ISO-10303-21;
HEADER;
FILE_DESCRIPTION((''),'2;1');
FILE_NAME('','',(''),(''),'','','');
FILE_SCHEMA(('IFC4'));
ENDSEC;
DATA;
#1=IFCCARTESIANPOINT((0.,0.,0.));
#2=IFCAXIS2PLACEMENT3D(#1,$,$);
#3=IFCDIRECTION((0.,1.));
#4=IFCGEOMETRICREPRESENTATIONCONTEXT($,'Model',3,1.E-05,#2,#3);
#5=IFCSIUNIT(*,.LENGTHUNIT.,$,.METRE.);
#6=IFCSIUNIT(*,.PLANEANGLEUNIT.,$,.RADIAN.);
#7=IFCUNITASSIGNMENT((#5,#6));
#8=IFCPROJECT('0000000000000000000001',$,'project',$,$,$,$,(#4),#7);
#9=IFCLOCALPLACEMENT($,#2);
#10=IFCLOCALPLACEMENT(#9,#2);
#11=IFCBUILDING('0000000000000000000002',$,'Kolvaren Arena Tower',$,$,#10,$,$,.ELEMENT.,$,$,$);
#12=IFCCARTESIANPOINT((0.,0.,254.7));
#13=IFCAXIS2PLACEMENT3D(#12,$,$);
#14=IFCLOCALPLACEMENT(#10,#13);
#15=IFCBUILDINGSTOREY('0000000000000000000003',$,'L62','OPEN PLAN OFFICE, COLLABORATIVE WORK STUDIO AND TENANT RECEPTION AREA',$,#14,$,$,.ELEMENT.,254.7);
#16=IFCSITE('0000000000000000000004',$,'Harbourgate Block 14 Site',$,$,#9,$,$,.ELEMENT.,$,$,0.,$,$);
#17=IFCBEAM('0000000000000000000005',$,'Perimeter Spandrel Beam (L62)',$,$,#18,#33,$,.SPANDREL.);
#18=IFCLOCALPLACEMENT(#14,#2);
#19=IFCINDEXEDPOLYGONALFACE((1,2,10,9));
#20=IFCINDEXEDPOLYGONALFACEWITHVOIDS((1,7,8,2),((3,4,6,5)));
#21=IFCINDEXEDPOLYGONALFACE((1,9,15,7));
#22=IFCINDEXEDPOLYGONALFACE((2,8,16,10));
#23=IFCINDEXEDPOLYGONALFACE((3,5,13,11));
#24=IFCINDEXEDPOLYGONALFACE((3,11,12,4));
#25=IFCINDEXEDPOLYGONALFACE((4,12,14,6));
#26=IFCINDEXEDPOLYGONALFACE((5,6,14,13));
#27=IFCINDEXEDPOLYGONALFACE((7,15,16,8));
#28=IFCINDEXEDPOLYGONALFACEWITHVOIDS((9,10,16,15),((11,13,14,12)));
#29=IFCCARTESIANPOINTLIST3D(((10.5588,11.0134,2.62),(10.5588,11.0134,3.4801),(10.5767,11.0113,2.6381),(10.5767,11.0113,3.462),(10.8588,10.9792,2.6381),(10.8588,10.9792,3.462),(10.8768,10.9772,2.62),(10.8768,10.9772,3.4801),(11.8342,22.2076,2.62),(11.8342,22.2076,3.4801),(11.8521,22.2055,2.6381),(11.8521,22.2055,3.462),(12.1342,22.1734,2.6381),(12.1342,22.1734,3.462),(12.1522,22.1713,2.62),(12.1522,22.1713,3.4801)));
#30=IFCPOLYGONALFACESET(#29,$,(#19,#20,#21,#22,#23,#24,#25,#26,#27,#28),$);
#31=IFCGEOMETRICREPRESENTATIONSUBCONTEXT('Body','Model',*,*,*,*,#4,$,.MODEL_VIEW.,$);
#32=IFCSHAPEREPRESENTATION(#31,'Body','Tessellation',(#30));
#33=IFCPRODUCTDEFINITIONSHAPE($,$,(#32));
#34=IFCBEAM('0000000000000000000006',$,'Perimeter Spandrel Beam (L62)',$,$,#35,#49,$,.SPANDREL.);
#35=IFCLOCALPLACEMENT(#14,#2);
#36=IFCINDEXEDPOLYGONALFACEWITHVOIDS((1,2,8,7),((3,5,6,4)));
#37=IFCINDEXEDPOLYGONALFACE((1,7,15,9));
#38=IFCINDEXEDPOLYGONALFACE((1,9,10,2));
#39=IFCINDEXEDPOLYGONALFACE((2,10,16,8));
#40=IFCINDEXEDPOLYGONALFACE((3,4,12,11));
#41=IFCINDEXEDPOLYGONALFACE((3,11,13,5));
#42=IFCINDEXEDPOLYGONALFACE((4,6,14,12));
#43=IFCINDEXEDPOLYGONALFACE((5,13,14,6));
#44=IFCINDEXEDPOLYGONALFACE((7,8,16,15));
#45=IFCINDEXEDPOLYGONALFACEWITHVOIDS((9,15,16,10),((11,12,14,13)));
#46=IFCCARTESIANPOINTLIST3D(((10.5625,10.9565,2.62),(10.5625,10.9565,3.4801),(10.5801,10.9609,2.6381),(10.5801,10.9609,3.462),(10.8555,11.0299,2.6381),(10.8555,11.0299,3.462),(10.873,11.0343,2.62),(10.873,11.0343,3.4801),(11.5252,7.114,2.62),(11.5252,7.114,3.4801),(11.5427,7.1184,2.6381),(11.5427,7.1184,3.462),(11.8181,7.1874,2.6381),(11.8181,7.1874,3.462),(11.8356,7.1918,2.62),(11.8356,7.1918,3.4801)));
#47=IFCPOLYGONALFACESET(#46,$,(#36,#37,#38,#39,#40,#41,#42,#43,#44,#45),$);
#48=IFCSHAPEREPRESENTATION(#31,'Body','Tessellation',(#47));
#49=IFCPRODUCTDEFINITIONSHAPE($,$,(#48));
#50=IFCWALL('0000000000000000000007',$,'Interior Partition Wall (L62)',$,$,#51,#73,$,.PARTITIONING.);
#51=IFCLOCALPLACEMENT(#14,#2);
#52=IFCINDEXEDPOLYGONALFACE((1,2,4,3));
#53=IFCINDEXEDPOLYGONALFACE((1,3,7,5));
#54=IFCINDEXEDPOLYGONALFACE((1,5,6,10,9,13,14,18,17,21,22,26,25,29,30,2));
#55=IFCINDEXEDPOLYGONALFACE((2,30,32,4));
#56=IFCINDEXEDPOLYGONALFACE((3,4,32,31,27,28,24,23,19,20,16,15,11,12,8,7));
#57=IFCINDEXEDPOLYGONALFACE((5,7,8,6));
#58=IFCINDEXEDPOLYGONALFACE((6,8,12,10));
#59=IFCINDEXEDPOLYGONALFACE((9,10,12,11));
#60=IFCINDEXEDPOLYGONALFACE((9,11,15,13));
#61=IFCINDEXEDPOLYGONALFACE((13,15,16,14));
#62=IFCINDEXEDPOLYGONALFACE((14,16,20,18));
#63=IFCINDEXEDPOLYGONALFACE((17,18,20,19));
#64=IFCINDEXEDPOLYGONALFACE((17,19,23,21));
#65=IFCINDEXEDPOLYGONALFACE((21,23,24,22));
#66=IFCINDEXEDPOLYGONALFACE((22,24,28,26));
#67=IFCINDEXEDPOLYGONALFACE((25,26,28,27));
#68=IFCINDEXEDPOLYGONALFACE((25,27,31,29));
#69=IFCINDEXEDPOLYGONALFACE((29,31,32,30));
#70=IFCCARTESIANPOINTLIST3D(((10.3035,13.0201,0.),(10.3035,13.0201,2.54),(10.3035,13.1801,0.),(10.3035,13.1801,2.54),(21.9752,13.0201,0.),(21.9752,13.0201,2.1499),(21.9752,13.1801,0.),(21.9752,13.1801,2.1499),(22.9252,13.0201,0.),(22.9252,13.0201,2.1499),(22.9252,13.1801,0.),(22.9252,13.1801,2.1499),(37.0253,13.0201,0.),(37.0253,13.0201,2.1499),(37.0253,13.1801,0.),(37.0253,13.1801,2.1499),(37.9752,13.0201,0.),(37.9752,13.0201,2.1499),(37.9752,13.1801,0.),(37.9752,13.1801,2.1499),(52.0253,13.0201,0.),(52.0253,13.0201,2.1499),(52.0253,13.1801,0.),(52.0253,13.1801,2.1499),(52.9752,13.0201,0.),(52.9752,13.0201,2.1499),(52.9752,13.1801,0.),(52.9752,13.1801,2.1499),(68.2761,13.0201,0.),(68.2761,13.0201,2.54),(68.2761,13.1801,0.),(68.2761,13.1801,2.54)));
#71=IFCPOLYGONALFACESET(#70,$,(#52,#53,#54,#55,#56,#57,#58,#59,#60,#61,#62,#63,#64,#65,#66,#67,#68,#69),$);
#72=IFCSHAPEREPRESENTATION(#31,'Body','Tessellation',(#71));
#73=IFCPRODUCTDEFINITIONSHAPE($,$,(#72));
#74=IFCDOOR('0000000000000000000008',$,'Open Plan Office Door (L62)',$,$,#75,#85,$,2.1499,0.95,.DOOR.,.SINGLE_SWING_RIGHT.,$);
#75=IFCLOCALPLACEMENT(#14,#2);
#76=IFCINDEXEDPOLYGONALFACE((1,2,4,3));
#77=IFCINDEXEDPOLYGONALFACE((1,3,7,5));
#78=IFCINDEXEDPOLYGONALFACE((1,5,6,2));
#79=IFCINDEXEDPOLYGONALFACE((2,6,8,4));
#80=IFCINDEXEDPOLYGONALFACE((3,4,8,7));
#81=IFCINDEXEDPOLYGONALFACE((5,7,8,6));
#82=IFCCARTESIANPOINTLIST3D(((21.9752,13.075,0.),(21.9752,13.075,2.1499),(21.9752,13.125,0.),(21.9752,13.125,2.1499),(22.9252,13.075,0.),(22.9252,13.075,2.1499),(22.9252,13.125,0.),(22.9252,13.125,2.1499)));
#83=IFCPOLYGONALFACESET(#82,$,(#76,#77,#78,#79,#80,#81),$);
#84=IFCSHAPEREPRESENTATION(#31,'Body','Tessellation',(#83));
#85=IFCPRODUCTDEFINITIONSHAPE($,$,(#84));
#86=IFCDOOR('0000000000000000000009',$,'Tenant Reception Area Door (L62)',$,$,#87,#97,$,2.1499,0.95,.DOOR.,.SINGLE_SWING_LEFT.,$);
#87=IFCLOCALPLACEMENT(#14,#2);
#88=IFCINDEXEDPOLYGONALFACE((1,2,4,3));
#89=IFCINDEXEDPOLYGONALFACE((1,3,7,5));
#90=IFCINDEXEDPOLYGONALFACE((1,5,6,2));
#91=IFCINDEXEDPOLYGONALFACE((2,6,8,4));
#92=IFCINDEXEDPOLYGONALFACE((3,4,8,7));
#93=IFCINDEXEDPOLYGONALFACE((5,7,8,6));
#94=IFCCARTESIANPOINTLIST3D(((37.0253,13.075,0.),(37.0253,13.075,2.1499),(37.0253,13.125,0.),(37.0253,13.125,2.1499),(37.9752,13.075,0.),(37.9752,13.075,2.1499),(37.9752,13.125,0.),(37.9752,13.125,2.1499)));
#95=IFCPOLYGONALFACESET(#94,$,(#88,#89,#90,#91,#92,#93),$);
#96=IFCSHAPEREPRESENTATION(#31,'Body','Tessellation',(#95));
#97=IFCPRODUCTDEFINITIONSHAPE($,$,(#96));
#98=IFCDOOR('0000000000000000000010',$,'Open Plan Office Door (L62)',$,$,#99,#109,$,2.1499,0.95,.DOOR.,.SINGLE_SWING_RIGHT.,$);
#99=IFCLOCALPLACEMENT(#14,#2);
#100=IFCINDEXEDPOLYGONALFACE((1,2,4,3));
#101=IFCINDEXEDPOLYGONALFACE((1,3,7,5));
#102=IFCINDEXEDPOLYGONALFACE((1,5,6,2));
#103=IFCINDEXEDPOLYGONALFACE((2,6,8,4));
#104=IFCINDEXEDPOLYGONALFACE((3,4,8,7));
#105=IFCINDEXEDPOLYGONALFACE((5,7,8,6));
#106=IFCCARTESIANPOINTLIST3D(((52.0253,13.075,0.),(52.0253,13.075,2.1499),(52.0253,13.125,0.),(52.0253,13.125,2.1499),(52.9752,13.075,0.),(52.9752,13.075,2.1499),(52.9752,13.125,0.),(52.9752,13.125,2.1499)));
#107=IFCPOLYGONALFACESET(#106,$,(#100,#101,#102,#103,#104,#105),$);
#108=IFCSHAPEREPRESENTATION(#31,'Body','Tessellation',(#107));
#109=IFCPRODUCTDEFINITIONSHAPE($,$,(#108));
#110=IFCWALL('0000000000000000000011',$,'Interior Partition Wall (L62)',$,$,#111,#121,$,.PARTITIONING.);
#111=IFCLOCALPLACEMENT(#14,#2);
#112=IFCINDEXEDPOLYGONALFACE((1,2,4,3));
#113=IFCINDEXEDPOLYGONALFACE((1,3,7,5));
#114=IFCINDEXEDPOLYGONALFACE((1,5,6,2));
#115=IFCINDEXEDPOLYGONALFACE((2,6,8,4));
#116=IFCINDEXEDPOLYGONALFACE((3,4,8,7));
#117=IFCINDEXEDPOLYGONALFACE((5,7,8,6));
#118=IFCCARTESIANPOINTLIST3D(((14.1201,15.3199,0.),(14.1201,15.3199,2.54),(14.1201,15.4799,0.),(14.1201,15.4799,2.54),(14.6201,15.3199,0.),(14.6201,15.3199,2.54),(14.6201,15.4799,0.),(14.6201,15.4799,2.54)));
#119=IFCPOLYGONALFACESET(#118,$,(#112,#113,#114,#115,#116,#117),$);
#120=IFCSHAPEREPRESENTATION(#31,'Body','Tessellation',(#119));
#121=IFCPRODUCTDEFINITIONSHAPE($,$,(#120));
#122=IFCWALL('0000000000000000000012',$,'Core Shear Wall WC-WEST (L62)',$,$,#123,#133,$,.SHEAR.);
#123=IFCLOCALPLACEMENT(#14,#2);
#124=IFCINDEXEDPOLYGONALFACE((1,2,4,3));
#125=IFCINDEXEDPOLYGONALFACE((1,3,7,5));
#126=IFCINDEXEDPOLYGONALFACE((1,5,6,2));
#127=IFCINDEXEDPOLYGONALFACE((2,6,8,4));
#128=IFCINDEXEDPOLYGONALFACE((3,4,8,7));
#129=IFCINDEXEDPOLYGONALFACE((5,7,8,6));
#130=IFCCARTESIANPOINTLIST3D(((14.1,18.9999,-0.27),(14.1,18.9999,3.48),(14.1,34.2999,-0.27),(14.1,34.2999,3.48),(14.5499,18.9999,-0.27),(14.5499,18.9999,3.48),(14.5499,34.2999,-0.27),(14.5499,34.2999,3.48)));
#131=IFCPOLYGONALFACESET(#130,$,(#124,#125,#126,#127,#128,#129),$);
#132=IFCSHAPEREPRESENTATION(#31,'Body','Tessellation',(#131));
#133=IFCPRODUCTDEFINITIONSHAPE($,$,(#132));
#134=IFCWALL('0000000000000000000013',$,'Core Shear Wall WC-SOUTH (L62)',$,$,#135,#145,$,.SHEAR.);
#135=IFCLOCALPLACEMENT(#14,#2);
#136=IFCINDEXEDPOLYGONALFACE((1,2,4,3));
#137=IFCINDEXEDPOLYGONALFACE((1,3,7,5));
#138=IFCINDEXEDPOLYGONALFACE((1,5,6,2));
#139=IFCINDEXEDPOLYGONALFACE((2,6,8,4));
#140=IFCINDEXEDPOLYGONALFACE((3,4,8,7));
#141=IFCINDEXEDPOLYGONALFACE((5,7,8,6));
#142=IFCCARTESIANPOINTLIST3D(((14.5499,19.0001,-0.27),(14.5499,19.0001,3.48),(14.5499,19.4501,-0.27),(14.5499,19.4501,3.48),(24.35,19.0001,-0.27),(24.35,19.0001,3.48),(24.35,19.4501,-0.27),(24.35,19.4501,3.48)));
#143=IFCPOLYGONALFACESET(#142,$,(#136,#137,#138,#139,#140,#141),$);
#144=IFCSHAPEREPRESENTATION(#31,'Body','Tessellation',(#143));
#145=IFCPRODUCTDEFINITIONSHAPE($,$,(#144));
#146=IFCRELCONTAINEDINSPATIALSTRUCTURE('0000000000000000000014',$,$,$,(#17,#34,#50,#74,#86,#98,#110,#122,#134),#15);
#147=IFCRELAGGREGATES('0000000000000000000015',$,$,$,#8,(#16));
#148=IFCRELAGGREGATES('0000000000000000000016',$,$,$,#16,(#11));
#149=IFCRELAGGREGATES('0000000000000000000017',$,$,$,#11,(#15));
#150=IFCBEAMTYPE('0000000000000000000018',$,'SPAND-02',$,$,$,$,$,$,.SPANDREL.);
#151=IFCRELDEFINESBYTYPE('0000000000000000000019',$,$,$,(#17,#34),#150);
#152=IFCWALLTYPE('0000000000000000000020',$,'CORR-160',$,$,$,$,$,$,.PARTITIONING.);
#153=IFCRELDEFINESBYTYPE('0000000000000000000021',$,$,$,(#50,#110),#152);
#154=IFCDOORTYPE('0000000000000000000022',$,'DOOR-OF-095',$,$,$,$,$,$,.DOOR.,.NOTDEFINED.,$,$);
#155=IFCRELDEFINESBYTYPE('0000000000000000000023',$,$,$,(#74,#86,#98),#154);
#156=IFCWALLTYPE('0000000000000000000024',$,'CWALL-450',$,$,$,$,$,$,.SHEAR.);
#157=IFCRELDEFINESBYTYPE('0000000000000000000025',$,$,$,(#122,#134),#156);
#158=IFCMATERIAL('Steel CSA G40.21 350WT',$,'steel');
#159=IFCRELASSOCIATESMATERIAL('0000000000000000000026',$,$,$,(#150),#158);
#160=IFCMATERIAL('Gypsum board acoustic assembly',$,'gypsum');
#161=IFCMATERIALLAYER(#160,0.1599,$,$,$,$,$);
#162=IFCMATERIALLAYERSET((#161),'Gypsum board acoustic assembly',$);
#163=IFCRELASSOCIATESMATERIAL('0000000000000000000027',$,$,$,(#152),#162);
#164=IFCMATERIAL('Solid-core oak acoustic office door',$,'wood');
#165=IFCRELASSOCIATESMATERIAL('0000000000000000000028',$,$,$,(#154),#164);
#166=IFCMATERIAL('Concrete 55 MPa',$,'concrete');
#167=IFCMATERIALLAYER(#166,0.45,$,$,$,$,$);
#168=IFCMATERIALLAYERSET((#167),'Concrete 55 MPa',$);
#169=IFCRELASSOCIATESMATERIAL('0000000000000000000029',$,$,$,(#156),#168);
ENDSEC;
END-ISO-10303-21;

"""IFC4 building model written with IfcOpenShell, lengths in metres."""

from ifc_helpers import new_model, si_unit, direction, frame, frame_2d, origin, origin_2d, place, context, subcontext, project, spatial, rectangle, hollow_rectangle, extrude, material, layer, layer_set, material_profile, profile_set, type_object, element, fill, save


model = new_model("IFC4")

# Units and contexts
model_context = context("Model", 3, precision=1e-05, world=origin(), true_north=direction((0.0, 1.0)))
body_context = subcontext(model_context, "Body", "Model", "MODEL_VIEW")
ifc_project = project(units=[si_unit("LENGTHUNIT", "METRE"), si_unit("PLANEANGLEUNIT", "RADIAN")], contexts=[model_context])

# Site, building, storey
site_placement = place(None, origin())
site = spatial("IfcSite", under=ifc_project, at=site_placement, Name="Harbourgate Block 14 Site", CompositionType="ELEMENT", RefElevation=0.0)
building_placement = place(site_placement, origin())
building = spatial("IfcBuilding", under=site, at=building_placement, Name="Kolvaren Arena Tower", CompositionType="ELEMENT")
storey_placement = place(building_placement, frame((0.0, 0.0, 254.7)))
storey = spatial("IfcBuildingStorey", under=building, at=storey_placement, Name="L62", Description="OPEN PLAN OFFICE, COLLABORATIVE WORK STUDIO AND TENANT RECEPTION AREA", CompositionType="ELEMENT", Elevation=254.7)

# Beams
ifc_material_1 = material(Name="Steel CSA G40.21 350WT", Category="steel")
ifc_material_profile_1 = material_profile(ifc_material_1, hollow_rectangle(XDim=0.3201, YDim=0.8601, WallThickness=0.0181, at=origin_2d()), Name="HSS 860x320x18")
ifc_profile_set_1 = profile_set([ifc_material_profile_1], Name="Steel CSA G40.21 350WT")
beam_type_1 = type_object("IfcBeamType", Name="SPAND-02", PredefinedType="SPANDREL", material=ifc_profile_set_1)
beam_1_placement = place(storey_placement, frame((11.9932, 22.1895, 3.05), z_axis=(-0.113202, -0.993572, 0.0), x_axis=(0.993572, -0.113202, 0.0)))
element("IfcBeam", 1, at=beam_1_placement, inside=storey, type_object=beam_type_1, Name="Perimeter Spandrel Beam (L62)", PredefinedType="SPANDREL", context=body_context, shape_type="SweptSolid", body=[
    extrude(hollow_rectangle(XDim=0.3201, YDim=0.8601, WallThickness=0.0181, at=origin_2d()), origin(), (0.0, 0.0, 1.0), 11.2666),
])
beam_2_placement = place(storey_placement, frame((10.7178, 10.9954, 3.05), z_axis=(0.243014, -0.970023, 0.0), x_axis=(0.970023, 0.243014, 0.0)))
element("IfcBeam", 2, at=beam_2_placement, inside=storey, type_object=beam_type_1, Name="Perimeter Spandrel Beam (L62)", PredefinedType="SPANDREL", context=body_context, shape_type="SweptSolid", body=[
    extrude(hollow_rectangle(XDim=0.3201, YDim=0.8601, WallThickness=0.0181, at=origin_2d()), origin(), (0.0, 0.0, 1.0), 3.9612),
])

# Wall, openings, doors
ifc_material_2 = material(Name="Gypsum board acoustic assembly", Category="gypsum")
ifc_layer_1 = layer(ifc_material_2, 0.1599)
ifc_layer_set_1 = layer_set([ifc_layer_1], Name="Gypsum board acoustic assembly")
wall_type_1 = type_object("IfcWallType", Name="CORR-160", PredefinedType="PARTITIONING", material=ifc_layer_set_1)
wall_1_placement = place(storey_placement, frame((10.3035, 13.1001, 0.0), z_axis=(0.0, 0.0, 1.0), x_axis=(1.0, 0.0, 0.0)))
wall_1 = element("IfcWall", 3, at=wall_1_placement, inside=storey, type_object=wall_type_1, Name="Interior Partition Wall (L62)", PredefinedType="PARTITIONING", context=body_context, shape_type="SweptSolid", body=[
    extrude(rectangle(XDim=57.9727, YDim=0.1599, at=frame_2d((28.9863, 0.0))), origin(), (0.0, 0.0, 1.0), 2.54),
])
opening_1_placement = place(wall_1_placement, frame((11.6716, 0.0, 0.0)))
opening_1 = element("IfcOpeningElement", 4, at=opening_1_placement, cuts=wall_1, PredefinedType="OPENING", context=body_context, shape_type="SweptSolid", body=[
    extrude(rectangle(XDim=0.95, YDim=2.1499, at=frame_2d((0.4751, 1.075))), frame((0.0, 0.0898, 0.0), z_axis=(0.0, -1.0, 0.0), x_axis=(1.0, 0.0, 0.0)), (0.0, 0.0, 1.0), 0.1799),
])
opening_2_placement = place(wall_1_placement, frame((26.7217, 0.0, 0.0)))
opening_2 = element("IfcOpeningElement", 5, at=opening_2_placement, cuts=wall_1, PredefinedType="OPENING", context=body_context, shape_type="SweptSolid", body=[
    extrude(rectangle(XDim=0.95, YDim=2.1499, at=frame_2d((0.4751, 1.075))), frame((0.0, 0.0898, 0.0), z_axis=(0.0, -1.0, 0.0), x_axis=(1.0, 0.0, 0.0)), (0.0, 0.0, 1.0), 0.1799),
])
opening_3_placement = place(wall_1_placement, frame((41.7217, 0.0, 0.0)))
opening_3 = element("IfcOpeningElement", 6, at=opening_3_placement, cuts=wall_1, PredefinedType="OPENING", context=body_context, shape_type="SweptSolid", body=[
    extrude(rectangle(XDim=0.95, YDim=2.1499, at=frame_2d((0.4751, 1.075))), frame((0.0, 0.0898, 0.0), z_axis=(0.0, -1.0, 0.0), x_axis=(1.0, 0.0, 0.0)), (0.0, 0.0, 1.0), 0.1799),
])
ifc_material_3 = material(Name="Solid-core oak acoustic office door", Category="wood")
door_type_1 = type_object("IfcDoorType", Name="DOOR-OF-095", OperationType="NOTDEFINED", PredefinedType="DOOR", material=ifc_material_3)
door_1_placement = place(opening_1_placement, origin())
door_1 = element("IfcDoor", 7, at=door_1_placement, inside=storey, type_object=door_type_1, Name="Open Plan Office Door (L62)", OperationType="SINGLE_SWING_RIGHT", OverallHeight=2.1499, OverallWidth=0.95, PredefinedType="DOOR", context=body_context, shape_type="SweptSolid", body=[
    extrude(rectangle(XDim=0.95, YDim=2.1499, at=frame_2d((0.4751, 1.075))), frame((0.0, 0.0249, 0.0), z_axis=(0.0, -1.0, 0.0), x_axis=(1.0, 0.0, 0.0)), (0.0, 0.0, 1.0), 0.05),
])
fill(opening_1, door_1)
door_2_placement = place(opening_2_placement, origin())
door_2 = element("IfcDoor", 8, at=door_2_placement, inside=storey, type_object=door_type_1, Name="Tenant Reception Area Door (L62)", OperationType="SINGLE_SWING_LEFT", OverallHeight=2.1499, OverallWidth=0.95, PredefinedType="DOOR", context=body_context, shape_type="SweptSolid", body=[
    extrude(rectangle(XDim=0.95, YDim=2.1499, at=frame_2d((0.4751, 1.075))), frame((0.0, 0.0249, 0.0), z_axis=(0.0, -1.0, 0.0), x_axis=(1.0, 0.0, 0.0)), (0.0, 0.0, 1.0), 0.05),
])
fill(opening_2, door_2)
door_3_placement = place(opening_3_placement, origin())
door_3 = element("IfcDoor", 9, at=door_3_placement, inside=storey, type_object=door_type_1, Name="Open Plan Office Door (L62)", OperationType="SINGLE_SWING_RIGHT", OverallHeight=2.1499, OverallWidth=0.95, PredefinedType="DOOR", context=body_context, shape_type="SweptSolid", body=[
    extrude(rectangle(XDim=0.95, YDim=2.1499, at=frame_2d((0.4751, 1.075))), frame((0.0, 0.0249, 0.0), z_axis=(0.0, -1.0, 0.0), x_axis=(1.0, 0.0, 0.0)), (0.0, 0.0, 1.0), 0.05),
])
fill(opening_3, door_3)

# Walls
wall_2_placement = place(storey_placement, frame((14.1201, 15.3999, 0.0), z_axis=(0.0, 0.0, 1.0), x_axis=(1.0, 0.0, 0.0)))
element("IfcWall", 10, at=wall_2_placement, inside=storey, type_object=wall_type_1, Name="Interior Partition Wall (L62)", PredefinedType="PARTITIONING", context=body_context, shape_type="SweptSolid", body=[
    extrude(rectangle(XDim=0.5, YDim=0.1599, at=frame_2d((0.25, 0.0))), origin(), (0.0, 0.0, 1.0), 2.54),
])
ifc_material_4 = material(Name="Concrete 55 MPa", Category="concrete")
ifc_layer_2 = layer(ifc_material_4, 0.45)
ifc_layer_set_2 = layer_set([ifc_layer_2], Name="Concrete 55 MPa")
wall_type_2 = type_object("IfcWallType", Name="CWALL-450", PredefinedType="SHEAR", material=ifc_layer_set_2)
wall_3_placement = place(storey_placement, frame((14.325, 19.0, -0.27), z_axis=(0.0, 0.0, 1.0), x_axis=(0.0, 1.0, 0.0)))
element("IfcWall", 11, at=wall_3_placement, inside=storey, type_object=wall_type_2, Name="Core Shear Wall WC-WEST (L62)", PredefinedType="SHEAR", context=body_context, shape_type="SweptSolid", body=[
    extrude(rectangle(XDim=15.3, YDim=0.45, at=frame_2d((7.6499, 0.0))), origin(), (0.0, 0.0, 1.0), 3.75),
])
wall_4_placement = place(storey_placement, frame((14.55, 19.2251, -0.27), z_axis=(0.0, 0.0, 1.0), x_axis=(1.0, 0.0, 0.0)))
element("IfcWall", 12, at=wall_4_placement, inside=storey, type_object=wall_type_2, Name="Core Shear Wall WC-SOUTH (L62)", PredefinedType="SHEAR", context=body_context, shape_type="SweptSolid", body=[
    extrude(rectangle(XDim=9.8, YDim=0.45, at=frame_2d((4.8999, 0.0))), origin(), (0.0, 0.0, 1.0), 3.75),
])

save(model, "model.ifc")
